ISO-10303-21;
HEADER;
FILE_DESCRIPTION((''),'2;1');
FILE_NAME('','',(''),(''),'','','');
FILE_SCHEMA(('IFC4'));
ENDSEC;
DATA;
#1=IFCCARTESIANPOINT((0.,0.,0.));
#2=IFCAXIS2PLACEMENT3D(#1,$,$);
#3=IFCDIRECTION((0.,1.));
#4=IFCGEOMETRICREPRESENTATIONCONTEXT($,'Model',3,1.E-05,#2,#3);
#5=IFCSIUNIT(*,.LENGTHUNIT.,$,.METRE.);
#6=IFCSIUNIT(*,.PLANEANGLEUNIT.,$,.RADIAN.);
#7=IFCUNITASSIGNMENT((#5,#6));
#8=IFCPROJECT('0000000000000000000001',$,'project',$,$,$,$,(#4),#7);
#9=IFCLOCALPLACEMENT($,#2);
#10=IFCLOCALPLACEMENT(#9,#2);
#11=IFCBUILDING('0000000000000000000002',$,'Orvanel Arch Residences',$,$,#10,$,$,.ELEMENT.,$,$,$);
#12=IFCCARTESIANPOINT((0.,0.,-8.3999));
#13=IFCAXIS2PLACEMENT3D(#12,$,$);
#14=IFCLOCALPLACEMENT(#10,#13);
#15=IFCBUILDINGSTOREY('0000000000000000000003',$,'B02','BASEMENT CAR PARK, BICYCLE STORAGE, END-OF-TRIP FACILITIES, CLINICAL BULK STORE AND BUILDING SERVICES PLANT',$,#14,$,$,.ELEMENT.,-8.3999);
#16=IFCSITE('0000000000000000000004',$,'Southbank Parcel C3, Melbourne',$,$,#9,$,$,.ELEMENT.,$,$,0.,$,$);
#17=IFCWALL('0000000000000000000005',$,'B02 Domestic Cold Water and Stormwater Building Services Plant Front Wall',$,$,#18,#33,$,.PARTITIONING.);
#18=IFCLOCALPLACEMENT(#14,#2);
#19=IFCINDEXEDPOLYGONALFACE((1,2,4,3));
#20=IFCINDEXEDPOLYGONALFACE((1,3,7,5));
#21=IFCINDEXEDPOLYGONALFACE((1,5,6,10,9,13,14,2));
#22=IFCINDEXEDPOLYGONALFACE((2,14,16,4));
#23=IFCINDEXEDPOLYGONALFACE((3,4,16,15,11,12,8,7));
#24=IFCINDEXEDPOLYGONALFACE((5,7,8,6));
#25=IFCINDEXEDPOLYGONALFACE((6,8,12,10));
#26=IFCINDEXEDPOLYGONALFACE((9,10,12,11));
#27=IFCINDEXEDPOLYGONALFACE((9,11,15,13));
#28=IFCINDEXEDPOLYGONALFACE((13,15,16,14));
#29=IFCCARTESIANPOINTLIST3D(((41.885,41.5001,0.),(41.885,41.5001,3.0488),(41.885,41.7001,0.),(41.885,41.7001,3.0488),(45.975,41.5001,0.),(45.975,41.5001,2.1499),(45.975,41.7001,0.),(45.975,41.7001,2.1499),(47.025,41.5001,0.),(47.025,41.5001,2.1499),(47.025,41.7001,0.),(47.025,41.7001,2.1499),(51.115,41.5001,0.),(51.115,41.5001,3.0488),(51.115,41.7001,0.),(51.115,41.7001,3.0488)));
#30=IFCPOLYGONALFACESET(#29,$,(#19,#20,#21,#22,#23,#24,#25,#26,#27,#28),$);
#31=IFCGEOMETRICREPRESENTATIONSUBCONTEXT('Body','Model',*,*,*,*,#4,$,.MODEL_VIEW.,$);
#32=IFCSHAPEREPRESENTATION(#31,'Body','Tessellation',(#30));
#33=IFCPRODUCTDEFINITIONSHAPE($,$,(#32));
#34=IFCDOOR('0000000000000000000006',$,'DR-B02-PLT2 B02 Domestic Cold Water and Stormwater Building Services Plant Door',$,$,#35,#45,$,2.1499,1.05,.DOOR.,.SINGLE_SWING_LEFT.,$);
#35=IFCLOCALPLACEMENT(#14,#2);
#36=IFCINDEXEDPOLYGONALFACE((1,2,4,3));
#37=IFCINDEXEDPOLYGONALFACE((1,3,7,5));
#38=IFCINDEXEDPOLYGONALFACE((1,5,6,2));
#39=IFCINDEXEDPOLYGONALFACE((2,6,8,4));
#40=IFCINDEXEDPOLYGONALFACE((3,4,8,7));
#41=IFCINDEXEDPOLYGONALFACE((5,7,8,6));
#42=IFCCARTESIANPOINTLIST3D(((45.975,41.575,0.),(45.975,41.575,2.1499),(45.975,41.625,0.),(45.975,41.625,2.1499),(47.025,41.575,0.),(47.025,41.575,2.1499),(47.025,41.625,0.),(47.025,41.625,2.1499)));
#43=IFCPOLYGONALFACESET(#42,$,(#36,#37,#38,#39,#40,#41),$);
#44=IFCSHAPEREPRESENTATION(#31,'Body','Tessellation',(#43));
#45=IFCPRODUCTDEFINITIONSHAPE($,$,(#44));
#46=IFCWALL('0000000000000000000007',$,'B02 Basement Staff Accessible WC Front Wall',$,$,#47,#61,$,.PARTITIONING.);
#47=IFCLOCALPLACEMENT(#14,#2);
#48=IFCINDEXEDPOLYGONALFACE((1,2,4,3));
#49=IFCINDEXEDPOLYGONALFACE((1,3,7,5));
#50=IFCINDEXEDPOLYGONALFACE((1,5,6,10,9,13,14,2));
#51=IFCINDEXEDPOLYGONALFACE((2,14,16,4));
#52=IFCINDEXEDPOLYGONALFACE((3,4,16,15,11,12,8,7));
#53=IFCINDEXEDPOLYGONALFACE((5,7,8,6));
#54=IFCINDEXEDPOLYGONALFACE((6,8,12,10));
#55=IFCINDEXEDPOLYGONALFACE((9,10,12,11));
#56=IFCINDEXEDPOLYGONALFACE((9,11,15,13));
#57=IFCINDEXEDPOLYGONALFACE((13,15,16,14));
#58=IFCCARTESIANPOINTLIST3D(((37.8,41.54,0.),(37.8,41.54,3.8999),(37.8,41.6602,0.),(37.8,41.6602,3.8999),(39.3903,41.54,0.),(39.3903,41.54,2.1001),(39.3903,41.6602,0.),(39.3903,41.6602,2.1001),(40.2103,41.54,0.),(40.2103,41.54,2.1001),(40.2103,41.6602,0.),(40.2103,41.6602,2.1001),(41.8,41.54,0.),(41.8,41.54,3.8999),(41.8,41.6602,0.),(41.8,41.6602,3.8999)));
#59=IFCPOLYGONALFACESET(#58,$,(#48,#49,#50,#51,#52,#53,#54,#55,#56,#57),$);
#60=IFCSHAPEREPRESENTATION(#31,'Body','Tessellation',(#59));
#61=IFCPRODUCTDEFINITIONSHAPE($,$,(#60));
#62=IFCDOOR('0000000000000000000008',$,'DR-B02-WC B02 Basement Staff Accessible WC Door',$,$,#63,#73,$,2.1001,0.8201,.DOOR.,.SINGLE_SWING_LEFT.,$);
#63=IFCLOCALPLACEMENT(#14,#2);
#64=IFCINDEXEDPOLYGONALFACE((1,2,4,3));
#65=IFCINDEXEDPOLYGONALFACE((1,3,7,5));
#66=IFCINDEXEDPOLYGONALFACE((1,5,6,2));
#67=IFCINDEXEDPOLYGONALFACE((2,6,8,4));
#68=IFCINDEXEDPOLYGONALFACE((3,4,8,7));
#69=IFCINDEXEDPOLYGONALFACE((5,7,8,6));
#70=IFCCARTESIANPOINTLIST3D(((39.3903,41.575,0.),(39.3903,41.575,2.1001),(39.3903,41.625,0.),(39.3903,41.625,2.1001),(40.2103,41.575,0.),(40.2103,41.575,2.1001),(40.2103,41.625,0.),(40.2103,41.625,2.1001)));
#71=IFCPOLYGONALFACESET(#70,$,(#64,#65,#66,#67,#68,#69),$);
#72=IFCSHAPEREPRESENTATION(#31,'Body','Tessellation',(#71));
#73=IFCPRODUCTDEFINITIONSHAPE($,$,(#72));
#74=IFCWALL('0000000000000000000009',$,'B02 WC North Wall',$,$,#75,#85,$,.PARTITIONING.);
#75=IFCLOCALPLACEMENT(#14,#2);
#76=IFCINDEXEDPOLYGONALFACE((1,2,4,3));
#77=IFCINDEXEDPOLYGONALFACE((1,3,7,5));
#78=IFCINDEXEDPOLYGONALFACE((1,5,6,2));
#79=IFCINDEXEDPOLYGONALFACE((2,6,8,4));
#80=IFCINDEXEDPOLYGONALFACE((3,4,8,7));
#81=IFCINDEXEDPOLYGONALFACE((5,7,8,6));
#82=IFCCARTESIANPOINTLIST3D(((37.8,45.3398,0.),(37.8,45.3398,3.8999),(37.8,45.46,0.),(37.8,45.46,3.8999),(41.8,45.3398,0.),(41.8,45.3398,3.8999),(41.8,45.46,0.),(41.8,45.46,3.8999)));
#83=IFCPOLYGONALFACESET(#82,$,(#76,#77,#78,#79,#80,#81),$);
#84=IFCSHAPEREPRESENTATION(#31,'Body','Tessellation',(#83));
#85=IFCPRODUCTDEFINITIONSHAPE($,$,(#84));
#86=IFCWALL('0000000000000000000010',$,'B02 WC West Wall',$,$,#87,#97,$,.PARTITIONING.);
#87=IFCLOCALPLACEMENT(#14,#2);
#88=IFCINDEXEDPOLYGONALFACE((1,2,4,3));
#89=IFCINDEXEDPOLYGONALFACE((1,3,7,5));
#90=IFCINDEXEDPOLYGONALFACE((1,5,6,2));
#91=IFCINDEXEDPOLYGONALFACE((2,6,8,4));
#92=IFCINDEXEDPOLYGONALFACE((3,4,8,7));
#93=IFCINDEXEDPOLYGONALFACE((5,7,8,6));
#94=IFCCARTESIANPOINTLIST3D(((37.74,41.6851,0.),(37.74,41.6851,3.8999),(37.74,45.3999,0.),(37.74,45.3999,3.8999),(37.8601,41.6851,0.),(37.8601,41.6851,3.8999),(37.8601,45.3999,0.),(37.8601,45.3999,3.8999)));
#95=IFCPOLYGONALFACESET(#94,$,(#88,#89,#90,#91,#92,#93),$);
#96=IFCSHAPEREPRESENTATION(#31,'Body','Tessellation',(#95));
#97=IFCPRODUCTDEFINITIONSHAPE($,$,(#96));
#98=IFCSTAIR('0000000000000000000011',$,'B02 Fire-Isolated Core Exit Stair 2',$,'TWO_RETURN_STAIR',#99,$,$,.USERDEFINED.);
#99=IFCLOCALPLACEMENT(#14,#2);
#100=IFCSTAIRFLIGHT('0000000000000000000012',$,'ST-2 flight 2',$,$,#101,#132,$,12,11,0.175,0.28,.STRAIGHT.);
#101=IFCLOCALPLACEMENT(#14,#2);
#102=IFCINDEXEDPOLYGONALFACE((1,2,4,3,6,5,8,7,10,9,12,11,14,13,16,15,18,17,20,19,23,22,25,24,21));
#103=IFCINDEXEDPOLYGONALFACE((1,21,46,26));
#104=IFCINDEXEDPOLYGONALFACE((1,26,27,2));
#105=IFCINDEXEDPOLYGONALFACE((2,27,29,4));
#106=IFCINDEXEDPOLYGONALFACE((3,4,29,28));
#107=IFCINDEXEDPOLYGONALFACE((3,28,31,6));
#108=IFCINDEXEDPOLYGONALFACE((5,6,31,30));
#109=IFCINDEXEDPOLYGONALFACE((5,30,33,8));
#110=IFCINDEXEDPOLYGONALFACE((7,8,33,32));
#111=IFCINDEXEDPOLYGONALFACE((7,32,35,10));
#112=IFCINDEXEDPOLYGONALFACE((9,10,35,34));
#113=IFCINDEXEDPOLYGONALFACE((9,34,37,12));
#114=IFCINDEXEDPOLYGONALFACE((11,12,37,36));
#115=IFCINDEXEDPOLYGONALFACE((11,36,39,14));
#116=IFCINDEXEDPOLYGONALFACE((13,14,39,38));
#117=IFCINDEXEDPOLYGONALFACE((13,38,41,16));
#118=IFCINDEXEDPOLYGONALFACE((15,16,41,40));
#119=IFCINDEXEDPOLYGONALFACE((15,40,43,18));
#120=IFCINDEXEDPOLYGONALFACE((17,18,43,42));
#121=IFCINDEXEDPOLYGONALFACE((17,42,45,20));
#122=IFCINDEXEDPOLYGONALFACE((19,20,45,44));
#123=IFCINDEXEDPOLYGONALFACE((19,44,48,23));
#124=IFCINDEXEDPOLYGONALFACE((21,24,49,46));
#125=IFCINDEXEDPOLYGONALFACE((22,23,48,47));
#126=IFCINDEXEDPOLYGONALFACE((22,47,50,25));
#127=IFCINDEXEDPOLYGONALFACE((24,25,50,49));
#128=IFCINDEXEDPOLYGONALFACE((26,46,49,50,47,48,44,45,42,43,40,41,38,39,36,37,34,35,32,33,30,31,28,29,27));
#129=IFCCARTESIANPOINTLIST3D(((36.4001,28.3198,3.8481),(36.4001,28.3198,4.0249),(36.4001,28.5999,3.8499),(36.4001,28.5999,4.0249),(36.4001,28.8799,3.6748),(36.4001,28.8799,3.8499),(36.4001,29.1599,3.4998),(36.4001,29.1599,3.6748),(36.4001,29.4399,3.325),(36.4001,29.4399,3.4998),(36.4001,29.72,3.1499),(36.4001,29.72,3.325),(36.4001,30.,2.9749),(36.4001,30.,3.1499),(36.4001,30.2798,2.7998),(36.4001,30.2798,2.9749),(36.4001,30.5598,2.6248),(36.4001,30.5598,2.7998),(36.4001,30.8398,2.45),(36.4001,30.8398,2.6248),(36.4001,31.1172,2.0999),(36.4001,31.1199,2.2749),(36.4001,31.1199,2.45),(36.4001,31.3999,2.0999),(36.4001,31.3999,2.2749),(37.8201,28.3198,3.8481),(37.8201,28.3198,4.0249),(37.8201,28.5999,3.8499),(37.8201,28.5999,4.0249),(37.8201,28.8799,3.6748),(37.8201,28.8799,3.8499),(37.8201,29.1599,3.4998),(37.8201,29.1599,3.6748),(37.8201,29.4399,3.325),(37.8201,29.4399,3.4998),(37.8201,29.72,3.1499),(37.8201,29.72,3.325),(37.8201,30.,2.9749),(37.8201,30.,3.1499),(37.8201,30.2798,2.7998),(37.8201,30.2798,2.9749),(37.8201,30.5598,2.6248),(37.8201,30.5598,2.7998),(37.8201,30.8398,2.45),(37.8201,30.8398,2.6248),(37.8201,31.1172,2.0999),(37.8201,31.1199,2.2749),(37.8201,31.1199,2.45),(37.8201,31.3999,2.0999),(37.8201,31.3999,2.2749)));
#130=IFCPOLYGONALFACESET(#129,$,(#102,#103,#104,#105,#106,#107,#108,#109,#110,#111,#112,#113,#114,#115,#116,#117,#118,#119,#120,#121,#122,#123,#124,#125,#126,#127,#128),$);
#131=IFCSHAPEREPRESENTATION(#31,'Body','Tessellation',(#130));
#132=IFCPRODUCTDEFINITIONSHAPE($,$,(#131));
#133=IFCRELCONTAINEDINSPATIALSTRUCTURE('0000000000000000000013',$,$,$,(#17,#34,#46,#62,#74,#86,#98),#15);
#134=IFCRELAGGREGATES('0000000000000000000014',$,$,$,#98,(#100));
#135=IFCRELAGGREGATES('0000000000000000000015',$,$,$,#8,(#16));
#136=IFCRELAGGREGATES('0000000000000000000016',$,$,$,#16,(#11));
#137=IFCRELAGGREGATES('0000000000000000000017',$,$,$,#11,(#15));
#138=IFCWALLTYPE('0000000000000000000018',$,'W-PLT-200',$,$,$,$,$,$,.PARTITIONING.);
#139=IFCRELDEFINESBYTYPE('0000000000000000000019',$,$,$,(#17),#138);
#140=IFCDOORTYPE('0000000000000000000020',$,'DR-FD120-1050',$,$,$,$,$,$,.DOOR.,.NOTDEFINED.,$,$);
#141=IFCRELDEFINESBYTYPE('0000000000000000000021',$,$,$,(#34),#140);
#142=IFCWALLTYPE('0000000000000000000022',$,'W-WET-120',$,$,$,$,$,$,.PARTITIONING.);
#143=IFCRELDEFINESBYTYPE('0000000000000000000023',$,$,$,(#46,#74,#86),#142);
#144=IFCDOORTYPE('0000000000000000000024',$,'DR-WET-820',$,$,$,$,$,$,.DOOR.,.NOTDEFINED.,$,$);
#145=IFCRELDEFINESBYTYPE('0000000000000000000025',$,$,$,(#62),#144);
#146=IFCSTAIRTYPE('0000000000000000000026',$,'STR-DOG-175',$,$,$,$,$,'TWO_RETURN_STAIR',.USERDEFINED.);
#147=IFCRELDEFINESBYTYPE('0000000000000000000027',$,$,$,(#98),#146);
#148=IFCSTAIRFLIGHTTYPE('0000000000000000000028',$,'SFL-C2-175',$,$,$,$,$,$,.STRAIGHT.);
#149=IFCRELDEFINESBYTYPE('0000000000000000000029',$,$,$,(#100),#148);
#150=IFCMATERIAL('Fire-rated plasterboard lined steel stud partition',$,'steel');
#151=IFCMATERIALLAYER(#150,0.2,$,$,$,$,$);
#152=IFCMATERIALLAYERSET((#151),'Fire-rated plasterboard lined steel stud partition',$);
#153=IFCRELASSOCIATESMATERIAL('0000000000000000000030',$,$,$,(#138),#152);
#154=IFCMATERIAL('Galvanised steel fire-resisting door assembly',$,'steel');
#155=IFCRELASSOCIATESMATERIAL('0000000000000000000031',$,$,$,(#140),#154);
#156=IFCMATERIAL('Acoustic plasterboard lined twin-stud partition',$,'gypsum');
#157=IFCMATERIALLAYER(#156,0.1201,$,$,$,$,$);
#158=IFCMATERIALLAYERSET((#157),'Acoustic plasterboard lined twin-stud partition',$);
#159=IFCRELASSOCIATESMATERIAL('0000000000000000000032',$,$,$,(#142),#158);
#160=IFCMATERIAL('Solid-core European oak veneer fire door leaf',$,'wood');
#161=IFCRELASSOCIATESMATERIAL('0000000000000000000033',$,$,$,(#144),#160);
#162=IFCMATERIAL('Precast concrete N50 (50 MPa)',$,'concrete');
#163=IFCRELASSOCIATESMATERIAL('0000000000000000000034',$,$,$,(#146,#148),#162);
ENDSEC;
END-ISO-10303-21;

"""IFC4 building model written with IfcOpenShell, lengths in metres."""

from ifc_helpers import new_model, si_unit, direction, frame, frame_2d, origin, place, context, subcontext, project, spatial, polyline, rectangle, outline, extrude, material, layer, layer_set, type_object, element, fill, aggregate, save


model = new_model("IFC4")

# Units and contexts
model_context = context("Model", 3, precision=1e-05, world=origin(), true_north=direction((0.0, 1.0)))
body_context = subcontext(model_context, "Body", "Model", "MODEL_VIEW")
ifc_project = project(units=[si_unit("LENGTHUNIT", "METRE"), si_unit("PLANEANGLEUNIT", "RADIAN")], contexts=[model_context])

# Site, building, storey
site_placement = place(None, origin())
site = spatial("IfcSite", under=ifc_project, at=site_placement, Name="Southbank Parcel C3, Melbourne", CompositionType="ELEMENT", RefElevation=0.0)
building_placement = place(site_placement, origin())
building = spatial("IfcBuilding", under=site, at=building_placement, Name="Orvanel Arch Residences", CompositionType="ELEMENT")
storey_placement = place(building_placement, frame((0.0, 0.0, -8.3999)))
storey = spatial("IfcBuildingStorey", under=building, at=storey_placement, Name="B02", Description="BASEMENT CAR PARK, BICYCLE STORAGE, END-OF-TRIP FACILITIES, CLINICAL BULK STORE AND BUILDING SERVICES PLANT", CompositionType="ELEMENT", Elevation=-8.3999)

# Shared definitions
ifc_material_1 = material(Name="Fire-rated plasterboard lined steel stud partition", Category="steel")
ifc_layer_1 = layer(ifc_material_1, 0.2)
ifc_layer_set_1 = layer_set([ifc_layer_1], Name="Fire-rated plasterboard lined steel stud partition")
wall_type_1 = type_object("IfcWallType", Name="W-PLT-200", PredefinedType="PARTITIONING", material=ifc_layer_set_1)

# Shared definitions
ifc_material_2 = material(Name="Galvanised steel fire-resisting door assembly", Category="steel")

# Walls, openings, doors
wall_1_placement = place(storey_placement, frame((41.885, 41.6001, 0.0), z_axis=(0.0, 0.0, 1.0), x_axis=(1.0, 0.0, 0.0)))
wall_1 = element("IfcWall", 1, at=wall_1_placement, inside=storey, type_object=wall_type_1, Name="B02 Domestic Cold Water and Stormwater Building Services Plant Front Wall", PredefinedType="PARTITIONING", context=body_context, shape_type="SweptSolid", body=[
    extrude(rectangle(XDim=9.23, YDim=0.2, at=frame_2d((4.615, 0.0))), origin(), (0.0, 0.0, 1.0), 3.0488),
])
opening_1_placement = place(wall_1_placement, frame((4.0901, 0.0, 0.0)))
opening_1 = element("IfcOpeningElement", 2, at=opening_1_placement, cuts=wall_1, PredefinedType="OPENING", context=body_context, shape_type="SweptSolid", body=[
    extrude(rectangle(XDim=1.05, YDim=2.1499, at=frame_2d((0.5249, 1.075))), frame((0.0, 0.1099, 0.0), z_axis=(0.0, -1.0, 0.0), x_axis=(1.0, 0.0, 0.0)), (0.0, 0.0, 1.0), 0.22),
])
door_type_1 = type_object("IfcDoorType", Name="DR-FD120-1050", OperationType="NOTDEFINED", PredefinedType="DOOR", material=ifc_material_2)
door_1_placement = place(opening_1_placement, origin())
door_1 = element("IfcDoor", 3, at=door_1_placement, inside=storey, type_object=door_type_1, Name="DR-B02-PLT2 B02 Domestic Cold Water and Stormwater Building Services Plant Door", OperationType="SINGLE_SWING_LEFT", OverallHeight=2.1499, OverallWidth=1.05, PredefinedType="DOOR", context=body_context, shape_type="SweptSolid", body=[
    extrude(rectangle(XDim=1.05, YDim=2.1499, at=frame_2d((0.5249, 1.075))), frame((0.0, 0.0249, 0.0), z_axis=(0.0, -1.0, 0.0), x_axis=(1.0, 0.0, 0.0)), (0.0, 0.0, 1.0), 0.05),
])
fill(opening_1, door_1)
ifc_material_3 = material(Name="Acoustic plasterboard lined twin-stud partition", Category="gypsum")
ifc_layer_2 = layer(ifc_material_3, 0.1201)
ifc_layer_set_2 = layer_set([ifc_layer_2], Name="Acoustic plasterboard lined twin-stud partition")
wall_type_2 = type_object("IfcWallType", Name="W-WET-120", PredefinedType="PARTITIONING", material=ifc_layer_set_2)
wall_2_placement = place(storey_placement, frame((37.8, 41.6001, 0.0), z_axis=(0.0, 0.0, 1.0), x_axis=(1.0, 0.0, 0.0)))
wall_2 = element("IfcWall", 4, at=wall_2_placement, inside=storey, type_object=wall_type_2, Name="B02 Basement Staff Accessible WC Front Wall", PredefinedType="PARTITIONING", context=body_context, shape_type="SweptSolid", body=[
    extrude(rectangle(XDim=4.0, YDim=0.1201, at=frame_2d((2.0, 0.0))), origin(), (0.0, 0.0, 1.0), 3.8999),
])
opening_2_placement = place(wall_2_placement, frame((1.5901, 0.0, 0.0)))
opening_2 = element("IfcOpeningElement", 5, at=opening_2_placement, cuts=wall_2, PredefinedType="OPENING", context=body_context, shape_type="SweptSolid", body=[
    extrude(rectangle(XDim=0.8201, YDim=2.1001, at=frame_2d((0.4102, 1.05))), frame((0.0, 0.0701, 0.0), z_axis=(0.0, -1.0, 0.0), x_axis=(1.0, 0.0, 0.0)), (0.0, 0.0, 1.0), 0.1401),
])
ifc_material_4 = material(Name="Solid-core European oak veneer fire door leaf", Category="wood")
door_type_2 = type_object("IfcDoorType", Name="DR-WET-820", OperationType="NOTDEFINED", PredefinedType="DOOR", material=ifc_material_4)
door_2_placement = place(opening_2_placement, origin())
door_2 = element("IfcDoor", 6, at=door_2_placement, inside=storey, type_object=door_type_2, Name="DR-B02-WC B02 Basement Staff Accessible WC Door", OperationType="SINGLE_SWING_LEFT", OverallHeight=2.1001, OverallWidth=0.8201, PredefinedType="DOOR", context=body_context, shape_type="SweptSolid", body=[
    extrude(rectangle(XDim=0.8201, YDim=2.1001, at=frame_2d((0.4102, 1.05))), frame((0.0, 0.0249, 0.0), z_axis=(0.0, -1.0, 0.0), x_axis=(1.0, 0.0, 0.0)), (0.0, 0.0, 1.0), 0.05),
])
fill(opening_2, door_2)

# Walls
wall_3_placement = place(storey_placement, frame((37.8, 45.3999, 0.0), z_axis=(0.0, 0.0, 1.0), x_axis=(1.0, 0.0, 0.0)))
element("IfcWall", 7, at=wall_3_placement, inside=storey, type_object=wall_type_2, Name="B02 WC North Wall", PredefinedType="PARTITIONING", context=body_context, shape_type="SweptSolid", body=[
    extrude(rectangle(XDim=4.0, YDim=0.1201, at=frame_2d((2.0, 0.0))), origin(), (0.0, 0.0, 1.0), 3.8999),
])
wall_4_placement = place(storey_placement, frame((37.8, 41.6851, 0.0), z_axis=(0.0, 0.0, 1.0), x_axis=(0.0, 1.0, 0.0)))
element("IfcWall", 8, at=wall_4_placement, inside=storey, type_object=wall_type_2, Name="B02 WC West Wall", PredefinedType="PARTITIONING", context=body_context, shape_type="SweptSolid", body=[
    extrude(rectangle(XDim=3.7148, YDim=0.1201, at=frame_2d((1.8574, 0.0))), origin(), (0.0, 0.0, 1.0), 3.8999),
])

# Stair, stair flight
ifc_material_5 = material(Name="Precast concrete N50 (50 MPa)", Category="concrete")
stair_type = type_object("IfcStairType", Name="STR-DOG-175", ElementType="TWO_RETURN_STAIR", PredefinedType="USERDEFINED", material=ifc_material_5)
stair_placement = place(storey_placement, origin())
stair = element("IfcStair", 9, at=stair_placement, inside=storey, type_object=stair_type, Name="B02 Fire-Isolated Core Exit Stair 2", ObjectType="TWO_RETURN_STAIR", PredefinedType="USERDEFINED")
stair_flight_type = type_object("IfcStairFlightType", Name="SFL-C2-175", PredefinedType="STRAIGHT", material=ifc_material_5)
stair_flight_placement = place(storey_placement, frame((37.1101, 31.3999, 2.0999), z_axis=(0.0, 0.0, 1.0), x_axis=(0.0, -1.0, 0.0)))
stair_flight = element("IfcStairFlight", 10, at=stair_flight_placement, type_object=stair_flight_type, Name="ST-2 flight 2", NumberOfRisers=12, NumberOfTreads=11, PredefinedType="STRAIGHT", RiserHeight=0.175, TreadLength=0.28, context=body_context, shape_type="SweptSolid", body=[
    extrude(outline(polyline([(0.0, 0.0), (0.0, 0.175), (0.28, 0.175), (0.28, 0.3501), (0.5601, 0.3501), (0.5601, 0.5249), (0.8401, 0.5249), (0.8401, 0.7), (1.1201, 0.7), (1.1201, 0.875), (1.3999, 0.875), (1.3999, 1.05), (1.6799, 1.05), (1.6799, 1.2251), (1.96, 1.2251), (1.96, 1.3999), (2.24, 1.3999), (2.24, 1.575), (2.52, 1.575), (2.52, 1.75), (2.8, 1.75), (2.8, 1.925), (3.0801, 1.925), (3.0801, 2.1001), (3.0801, 1.7483), (0.2827, 0.0), (0.0, 0.0)])), frame((0.0, 0.71, 0.0), z_axis=(0.0, -1.0, 0.0), x_axis=(1.0, 0.0, 0.0)), (0.0, 0.0, 1.0), 1.4199),
])
aggregate(stair, [stair_flight])

save(model, "model.ifc")
